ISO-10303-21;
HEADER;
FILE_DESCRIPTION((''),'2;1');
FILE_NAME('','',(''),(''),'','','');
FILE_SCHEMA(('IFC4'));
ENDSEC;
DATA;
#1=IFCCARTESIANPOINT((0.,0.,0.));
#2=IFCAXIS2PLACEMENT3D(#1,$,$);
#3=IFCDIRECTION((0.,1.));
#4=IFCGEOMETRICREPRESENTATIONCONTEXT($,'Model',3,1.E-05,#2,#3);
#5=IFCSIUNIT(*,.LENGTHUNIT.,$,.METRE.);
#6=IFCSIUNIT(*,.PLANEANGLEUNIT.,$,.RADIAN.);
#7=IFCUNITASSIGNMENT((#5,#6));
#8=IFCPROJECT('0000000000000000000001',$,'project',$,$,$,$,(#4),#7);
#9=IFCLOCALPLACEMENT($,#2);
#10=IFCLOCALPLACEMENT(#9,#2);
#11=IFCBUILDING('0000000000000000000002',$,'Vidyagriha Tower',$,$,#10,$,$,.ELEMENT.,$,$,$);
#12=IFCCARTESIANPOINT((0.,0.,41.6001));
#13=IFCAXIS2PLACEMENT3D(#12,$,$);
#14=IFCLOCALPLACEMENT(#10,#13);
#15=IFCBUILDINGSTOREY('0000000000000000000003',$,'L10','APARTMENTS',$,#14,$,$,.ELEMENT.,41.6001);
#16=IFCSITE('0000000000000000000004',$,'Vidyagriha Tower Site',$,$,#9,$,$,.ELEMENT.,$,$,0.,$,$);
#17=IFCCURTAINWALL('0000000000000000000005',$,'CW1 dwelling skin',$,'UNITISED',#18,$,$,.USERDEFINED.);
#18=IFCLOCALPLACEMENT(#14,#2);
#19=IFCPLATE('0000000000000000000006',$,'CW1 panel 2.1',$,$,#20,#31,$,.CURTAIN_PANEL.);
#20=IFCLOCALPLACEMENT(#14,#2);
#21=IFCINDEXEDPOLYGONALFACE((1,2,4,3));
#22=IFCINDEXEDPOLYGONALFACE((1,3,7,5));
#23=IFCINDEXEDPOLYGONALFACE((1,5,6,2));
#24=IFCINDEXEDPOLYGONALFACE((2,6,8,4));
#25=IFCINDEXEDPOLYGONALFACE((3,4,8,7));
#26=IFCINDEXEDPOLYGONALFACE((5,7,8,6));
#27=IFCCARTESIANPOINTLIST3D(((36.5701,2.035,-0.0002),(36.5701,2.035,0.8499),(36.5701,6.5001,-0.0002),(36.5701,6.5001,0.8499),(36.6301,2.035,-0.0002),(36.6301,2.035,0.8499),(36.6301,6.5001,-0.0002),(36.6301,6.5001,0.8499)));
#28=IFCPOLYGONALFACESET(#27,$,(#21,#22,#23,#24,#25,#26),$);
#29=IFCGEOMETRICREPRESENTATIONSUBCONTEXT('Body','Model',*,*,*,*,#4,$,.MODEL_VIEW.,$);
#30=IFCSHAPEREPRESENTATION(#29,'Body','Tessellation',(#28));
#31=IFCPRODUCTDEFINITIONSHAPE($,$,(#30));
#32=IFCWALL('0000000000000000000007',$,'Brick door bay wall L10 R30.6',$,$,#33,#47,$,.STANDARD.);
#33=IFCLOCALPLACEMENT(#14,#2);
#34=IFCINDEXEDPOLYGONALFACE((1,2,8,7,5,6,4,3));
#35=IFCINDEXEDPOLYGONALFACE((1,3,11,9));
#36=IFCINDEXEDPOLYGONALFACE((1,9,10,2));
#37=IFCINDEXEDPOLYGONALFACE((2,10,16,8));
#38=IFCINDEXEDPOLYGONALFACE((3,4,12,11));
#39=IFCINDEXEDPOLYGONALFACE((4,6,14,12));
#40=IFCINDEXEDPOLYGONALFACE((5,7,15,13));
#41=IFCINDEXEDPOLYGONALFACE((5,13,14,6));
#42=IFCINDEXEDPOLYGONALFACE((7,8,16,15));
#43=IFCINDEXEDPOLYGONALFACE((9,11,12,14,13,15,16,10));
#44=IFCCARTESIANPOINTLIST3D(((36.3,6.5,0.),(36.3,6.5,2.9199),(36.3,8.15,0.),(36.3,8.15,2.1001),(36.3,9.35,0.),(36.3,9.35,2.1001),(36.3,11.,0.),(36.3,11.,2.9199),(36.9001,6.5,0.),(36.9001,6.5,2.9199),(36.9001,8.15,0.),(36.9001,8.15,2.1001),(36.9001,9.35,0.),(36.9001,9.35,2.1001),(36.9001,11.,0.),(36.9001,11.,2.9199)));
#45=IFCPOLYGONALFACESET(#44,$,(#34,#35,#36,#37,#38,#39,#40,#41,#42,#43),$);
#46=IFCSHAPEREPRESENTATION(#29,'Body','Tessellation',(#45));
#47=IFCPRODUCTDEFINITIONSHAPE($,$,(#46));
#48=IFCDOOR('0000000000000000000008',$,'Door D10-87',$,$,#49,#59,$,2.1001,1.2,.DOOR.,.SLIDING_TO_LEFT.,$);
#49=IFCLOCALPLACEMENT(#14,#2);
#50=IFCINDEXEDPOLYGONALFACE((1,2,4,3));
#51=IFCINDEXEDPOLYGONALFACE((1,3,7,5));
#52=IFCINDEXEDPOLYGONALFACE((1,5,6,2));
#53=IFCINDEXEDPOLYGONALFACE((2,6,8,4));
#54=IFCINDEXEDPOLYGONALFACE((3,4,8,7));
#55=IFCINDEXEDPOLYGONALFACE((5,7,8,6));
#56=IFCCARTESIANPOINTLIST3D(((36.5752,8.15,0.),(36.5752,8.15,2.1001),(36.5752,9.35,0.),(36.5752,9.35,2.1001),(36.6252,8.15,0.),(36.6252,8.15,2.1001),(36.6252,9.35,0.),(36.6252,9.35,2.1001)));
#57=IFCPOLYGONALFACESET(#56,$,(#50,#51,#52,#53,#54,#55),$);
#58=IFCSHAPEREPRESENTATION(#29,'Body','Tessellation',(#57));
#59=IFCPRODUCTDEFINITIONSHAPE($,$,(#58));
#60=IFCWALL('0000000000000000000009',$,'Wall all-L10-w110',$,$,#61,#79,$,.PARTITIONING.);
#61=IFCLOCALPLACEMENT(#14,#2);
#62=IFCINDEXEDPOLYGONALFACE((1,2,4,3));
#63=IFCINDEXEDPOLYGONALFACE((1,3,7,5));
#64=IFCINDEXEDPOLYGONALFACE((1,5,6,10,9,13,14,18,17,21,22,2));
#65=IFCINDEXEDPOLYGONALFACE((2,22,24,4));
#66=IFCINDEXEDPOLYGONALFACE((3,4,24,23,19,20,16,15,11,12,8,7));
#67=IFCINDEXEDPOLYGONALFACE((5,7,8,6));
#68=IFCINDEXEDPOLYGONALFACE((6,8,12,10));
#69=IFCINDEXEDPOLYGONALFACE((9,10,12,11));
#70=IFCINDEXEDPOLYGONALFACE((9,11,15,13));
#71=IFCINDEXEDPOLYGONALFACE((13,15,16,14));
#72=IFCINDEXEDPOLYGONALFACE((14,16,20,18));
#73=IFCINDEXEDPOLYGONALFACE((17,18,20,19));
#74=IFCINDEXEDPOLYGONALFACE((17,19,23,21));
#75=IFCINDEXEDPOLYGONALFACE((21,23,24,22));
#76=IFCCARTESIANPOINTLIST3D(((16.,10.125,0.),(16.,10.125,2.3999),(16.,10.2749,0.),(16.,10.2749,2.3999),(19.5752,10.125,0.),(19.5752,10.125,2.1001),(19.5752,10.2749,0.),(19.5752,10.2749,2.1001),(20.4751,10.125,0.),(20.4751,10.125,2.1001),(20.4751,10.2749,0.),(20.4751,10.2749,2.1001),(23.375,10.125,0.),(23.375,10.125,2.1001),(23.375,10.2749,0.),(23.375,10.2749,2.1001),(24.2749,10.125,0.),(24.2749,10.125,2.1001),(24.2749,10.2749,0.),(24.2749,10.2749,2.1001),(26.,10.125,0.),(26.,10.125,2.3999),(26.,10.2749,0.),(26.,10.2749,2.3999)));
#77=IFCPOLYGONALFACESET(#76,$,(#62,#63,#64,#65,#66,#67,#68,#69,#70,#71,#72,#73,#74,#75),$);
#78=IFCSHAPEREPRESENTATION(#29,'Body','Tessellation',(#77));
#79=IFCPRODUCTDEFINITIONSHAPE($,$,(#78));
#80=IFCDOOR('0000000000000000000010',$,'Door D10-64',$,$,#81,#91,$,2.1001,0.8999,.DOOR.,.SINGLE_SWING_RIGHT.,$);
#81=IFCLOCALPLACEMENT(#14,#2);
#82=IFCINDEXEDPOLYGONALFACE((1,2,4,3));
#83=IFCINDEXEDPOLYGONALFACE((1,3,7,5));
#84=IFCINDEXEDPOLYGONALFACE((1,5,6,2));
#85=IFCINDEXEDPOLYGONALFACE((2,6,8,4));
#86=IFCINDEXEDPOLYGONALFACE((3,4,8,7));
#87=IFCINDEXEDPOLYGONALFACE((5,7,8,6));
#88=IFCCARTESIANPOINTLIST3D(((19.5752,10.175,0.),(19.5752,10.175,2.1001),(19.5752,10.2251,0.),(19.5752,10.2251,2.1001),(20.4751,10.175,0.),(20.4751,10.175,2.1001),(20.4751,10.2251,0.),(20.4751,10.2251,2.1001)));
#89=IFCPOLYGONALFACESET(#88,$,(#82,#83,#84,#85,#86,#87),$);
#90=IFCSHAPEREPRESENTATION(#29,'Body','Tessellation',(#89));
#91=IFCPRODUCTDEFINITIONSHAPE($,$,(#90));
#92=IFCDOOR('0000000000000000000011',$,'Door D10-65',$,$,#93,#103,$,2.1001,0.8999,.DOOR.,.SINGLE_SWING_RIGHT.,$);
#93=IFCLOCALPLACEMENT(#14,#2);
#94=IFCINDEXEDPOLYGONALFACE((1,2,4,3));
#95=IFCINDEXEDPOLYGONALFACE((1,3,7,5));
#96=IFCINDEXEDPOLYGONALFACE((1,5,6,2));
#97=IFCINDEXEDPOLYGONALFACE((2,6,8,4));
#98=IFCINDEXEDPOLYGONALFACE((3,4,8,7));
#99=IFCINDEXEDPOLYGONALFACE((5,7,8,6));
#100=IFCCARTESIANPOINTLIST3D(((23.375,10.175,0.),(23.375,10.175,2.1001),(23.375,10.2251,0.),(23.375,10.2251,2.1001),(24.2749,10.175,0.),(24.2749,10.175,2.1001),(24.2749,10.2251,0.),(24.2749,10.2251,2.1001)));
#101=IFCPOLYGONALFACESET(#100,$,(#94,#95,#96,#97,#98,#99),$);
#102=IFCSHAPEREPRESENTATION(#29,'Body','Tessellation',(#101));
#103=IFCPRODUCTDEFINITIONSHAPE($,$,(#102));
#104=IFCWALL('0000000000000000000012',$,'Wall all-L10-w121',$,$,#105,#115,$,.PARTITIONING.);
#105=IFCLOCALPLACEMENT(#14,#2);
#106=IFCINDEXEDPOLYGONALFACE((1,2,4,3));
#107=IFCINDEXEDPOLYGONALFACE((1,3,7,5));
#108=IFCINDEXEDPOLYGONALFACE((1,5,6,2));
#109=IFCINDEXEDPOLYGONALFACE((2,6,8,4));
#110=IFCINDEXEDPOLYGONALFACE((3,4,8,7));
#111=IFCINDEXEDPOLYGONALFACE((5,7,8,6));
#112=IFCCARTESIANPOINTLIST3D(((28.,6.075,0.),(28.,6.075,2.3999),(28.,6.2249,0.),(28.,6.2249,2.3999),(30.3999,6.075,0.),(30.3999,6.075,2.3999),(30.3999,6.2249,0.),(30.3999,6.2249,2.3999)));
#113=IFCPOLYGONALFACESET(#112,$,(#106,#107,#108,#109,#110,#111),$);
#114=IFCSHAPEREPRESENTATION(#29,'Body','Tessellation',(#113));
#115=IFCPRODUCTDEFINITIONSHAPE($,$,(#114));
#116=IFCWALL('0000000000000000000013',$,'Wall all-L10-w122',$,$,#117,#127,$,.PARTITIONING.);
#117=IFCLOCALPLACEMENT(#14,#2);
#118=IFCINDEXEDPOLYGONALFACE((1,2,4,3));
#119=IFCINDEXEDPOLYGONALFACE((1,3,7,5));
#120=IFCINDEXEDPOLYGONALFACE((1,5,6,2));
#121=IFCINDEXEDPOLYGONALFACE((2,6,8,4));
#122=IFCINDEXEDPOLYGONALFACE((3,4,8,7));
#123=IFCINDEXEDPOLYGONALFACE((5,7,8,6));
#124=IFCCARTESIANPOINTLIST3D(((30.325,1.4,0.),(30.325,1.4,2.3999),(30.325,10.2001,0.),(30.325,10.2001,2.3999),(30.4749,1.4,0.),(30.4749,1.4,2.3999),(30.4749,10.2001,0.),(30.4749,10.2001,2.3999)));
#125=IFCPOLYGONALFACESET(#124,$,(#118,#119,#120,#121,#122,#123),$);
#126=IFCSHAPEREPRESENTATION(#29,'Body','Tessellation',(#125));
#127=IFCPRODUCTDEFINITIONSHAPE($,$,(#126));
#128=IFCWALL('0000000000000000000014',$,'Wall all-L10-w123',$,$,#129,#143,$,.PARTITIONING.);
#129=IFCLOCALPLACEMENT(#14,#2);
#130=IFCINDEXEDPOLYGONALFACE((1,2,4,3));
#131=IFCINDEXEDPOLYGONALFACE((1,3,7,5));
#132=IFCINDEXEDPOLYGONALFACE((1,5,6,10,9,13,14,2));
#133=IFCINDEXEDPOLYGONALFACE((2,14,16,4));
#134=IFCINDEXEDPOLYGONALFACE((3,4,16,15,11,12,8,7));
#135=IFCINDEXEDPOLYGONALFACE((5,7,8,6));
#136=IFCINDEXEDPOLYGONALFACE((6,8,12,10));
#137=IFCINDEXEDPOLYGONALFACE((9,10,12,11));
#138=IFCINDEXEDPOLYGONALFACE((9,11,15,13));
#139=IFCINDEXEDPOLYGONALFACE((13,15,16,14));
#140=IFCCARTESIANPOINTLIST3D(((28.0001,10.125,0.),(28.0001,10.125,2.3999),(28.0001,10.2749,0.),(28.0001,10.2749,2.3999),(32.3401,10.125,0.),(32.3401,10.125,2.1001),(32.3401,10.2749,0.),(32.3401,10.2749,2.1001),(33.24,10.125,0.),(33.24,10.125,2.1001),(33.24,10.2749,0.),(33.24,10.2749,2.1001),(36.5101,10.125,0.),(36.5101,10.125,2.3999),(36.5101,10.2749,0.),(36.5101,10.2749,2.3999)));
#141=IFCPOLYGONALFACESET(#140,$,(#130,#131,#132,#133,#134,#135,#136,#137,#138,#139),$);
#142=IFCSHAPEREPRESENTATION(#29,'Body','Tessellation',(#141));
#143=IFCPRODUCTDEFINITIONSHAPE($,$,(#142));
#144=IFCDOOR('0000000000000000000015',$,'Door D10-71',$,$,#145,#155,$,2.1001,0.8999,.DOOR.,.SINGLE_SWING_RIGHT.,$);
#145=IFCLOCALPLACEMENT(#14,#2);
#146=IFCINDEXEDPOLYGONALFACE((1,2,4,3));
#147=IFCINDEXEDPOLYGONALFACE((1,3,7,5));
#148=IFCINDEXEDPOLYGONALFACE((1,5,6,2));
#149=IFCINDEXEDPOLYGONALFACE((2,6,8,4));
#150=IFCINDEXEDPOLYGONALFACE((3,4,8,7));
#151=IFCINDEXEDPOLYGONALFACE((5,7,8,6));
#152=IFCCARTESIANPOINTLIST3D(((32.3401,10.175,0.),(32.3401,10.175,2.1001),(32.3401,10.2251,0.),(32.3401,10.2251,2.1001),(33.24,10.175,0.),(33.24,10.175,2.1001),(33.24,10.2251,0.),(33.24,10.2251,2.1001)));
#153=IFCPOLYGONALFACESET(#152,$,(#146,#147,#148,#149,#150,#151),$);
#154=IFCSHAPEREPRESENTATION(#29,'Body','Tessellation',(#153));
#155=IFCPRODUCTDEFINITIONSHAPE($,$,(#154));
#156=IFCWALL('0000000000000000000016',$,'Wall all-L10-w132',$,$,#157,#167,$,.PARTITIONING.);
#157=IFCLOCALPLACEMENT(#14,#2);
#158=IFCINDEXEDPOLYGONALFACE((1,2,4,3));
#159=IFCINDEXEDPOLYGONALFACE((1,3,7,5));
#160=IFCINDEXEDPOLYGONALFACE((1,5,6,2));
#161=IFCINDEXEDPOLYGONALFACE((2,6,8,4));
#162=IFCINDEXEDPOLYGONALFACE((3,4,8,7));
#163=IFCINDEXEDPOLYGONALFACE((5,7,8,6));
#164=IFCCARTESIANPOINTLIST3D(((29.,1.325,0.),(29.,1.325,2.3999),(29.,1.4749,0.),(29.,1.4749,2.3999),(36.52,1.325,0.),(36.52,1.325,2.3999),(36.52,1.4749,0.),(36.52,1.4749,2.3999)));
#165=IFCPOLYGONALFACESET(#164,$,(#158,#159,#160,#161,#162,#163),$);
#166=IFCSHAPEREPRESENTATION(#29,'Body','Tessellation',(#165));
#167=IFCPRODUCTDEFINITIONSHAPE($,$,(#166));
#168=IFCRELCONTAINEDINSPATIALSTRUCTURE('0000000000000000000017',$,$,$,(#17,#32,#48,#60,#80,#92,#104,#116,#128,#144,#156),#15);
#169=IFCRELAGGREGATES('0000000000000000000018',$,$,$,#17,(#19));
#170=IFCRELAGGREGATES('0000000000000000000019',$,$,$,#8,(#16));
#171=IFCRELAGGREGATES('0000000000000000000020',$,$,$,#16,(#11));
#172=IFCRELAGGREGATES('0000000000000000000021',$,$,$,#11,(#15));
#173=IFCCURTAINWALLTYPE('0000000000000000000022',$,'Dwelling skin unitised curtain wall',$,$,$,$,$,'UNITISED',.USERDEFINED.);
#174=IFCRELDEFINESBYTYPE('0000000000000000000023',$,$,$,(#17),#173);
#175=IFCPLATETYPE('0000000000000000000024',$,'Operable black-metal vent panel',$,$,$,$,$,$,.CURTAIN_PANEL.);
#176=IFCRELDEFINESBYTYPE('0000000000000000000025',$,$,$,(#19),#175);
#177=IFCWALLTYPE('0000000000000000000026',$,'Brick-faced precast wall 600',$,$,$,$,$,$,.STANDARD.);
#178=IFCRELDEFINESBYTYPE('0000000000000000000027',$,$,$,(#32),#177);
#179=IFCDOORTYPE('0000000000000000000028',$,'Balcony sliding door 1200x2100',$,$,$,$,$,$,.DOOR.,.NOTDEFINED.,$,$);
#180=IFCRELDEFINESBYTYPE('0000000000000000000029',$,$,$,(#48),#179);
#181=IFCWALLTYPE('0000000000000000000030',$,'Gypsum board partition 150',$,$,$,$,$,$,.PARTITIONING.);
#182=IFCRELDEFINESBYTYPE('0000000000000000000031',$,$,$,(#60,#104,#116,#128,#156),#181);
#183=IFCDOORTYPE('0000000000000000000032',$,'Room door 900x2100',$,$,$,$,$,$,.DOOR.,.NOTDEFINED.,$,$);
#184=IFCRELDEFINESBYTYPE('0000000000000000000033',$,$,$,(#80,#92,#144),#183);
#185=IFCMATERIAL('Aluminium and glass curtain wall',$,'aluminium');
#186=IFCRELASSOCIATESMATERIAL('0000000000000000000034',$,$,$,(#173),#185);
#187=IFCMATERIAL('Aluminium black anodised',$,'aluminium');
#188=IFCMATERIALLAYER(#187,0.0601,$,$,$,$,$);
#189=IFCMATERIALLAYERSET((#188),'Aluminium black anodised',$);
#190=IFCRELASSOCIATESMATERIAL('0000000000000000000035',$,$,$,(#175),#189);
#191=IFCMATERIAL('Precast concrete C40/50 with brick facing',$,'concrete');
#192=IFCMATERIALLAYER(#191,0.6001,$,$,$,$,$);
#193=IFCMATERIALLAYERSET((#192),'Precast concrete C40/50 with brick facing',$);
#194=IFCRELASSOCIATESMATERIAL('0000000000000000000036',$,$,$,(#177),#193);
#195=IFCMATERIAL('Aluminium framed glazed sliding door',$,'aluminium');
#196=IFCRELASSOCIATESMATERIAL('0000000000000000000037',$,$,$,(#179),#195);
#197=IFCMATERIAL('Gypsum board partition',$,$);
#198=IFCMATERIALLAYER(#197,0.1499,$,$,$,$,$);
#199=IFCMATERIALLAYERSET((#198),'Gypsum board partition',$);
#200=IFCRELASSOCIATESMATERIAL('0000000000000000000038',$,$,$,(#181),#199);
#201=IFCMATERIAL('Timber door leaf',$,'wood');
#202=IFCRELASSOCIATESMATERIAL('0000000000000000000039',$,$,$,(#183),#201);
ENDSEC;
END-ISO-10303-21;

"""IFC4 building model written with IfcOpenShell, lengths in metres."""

from ifc_helpers import new_model, si_unit, direction, frame, frame_2d, origin, origin_2d, place, context, subcontext, project, spatial, rectangle, extrude, material, layer, layer_set, type_object, element, fill, aggregate, save


model = new_model("IFC4")

# Units and contexts
model_context = context("Model", 3, precision=1e-05, world=origin(), true_north=direction((0.0, 1.0)))
body_context = subcontext(model_context, "Body", "Model", "MODEL_VIEW")
ifc_project = project(units=[si_unit("LENGTHUNIT", "METRE"), si_unit("PLANEANGLEUNIT", "RADIAN")], contexts=[model_context])

# Site, building, storey
site_placement = place(None, origin())
site = spatial("IfcSite", under=ifc_project, at=site_placement, Name="Vidyagriha Tower Site", CompositionType="ELEMENT", RefElevation=0.0)
building_placement = place(site_placement, origin())
building = spatial("IfcBuilding", under=site, at=building_placement, Name="Vidyagriha Tower", CompositionType="ELEMENT")
storey_placement = place(building_placement, frame((0.0, 0.0, 41.6001)))
storey = spatial("IfcBuildingStorey", under=building, at=storey_placement, Name="L10", Description="APARTMENTS", CompositionType="ELEMENT", Elevation=41.6001)

# Curtain wall
ifc_material_1 = material(Name="Aluminium and glass curtain wall", Category="aluminium")
curtain_wall_type = type_object("IfcCurtainWallType", Name="Dwelling skin unitised curtain wall", ElementType="UNITISED", PredefinedType="USERDEFINED", material=ifc_material_1)
curtain_wall_1_placement = place(storey_placement, origin())
curtain_wall_1 = element("IfcCurtainWall", 1, at=curtain_wall_1_placement, inside=storey, type_object=curtain_wall_type, Name="CW1 dwelling skin", ObjectType="UNITISED", PredefinedType="USERDEFINED")

# Plate
ifc_material_2 = material(Name="Aluminium black anodised", Category="aluminium")
ifc_layer_1 = layer(ifc_material_2, 0.0601)
ifc_layer_set_1 = layer_set([ifc_layer_1], Name="Aluminium black anodised")
plate_type_1 = type_object("IfcPlateType", Name="Operable black-metal vent panel", PredefinedType="CURTAIN_PANEL", material=ifc_layer_set_1)
plate_1_placement = place(storey_placement, frame((36.6001, 4.2676, -0.0002), z_axis=(0.0, 0.0, 1.0), x_axis=(0.0, 1.0, 0.0)))
plate_1 = element("IfcPlate", 2, at=plate_1_placement, type_object=plate_type_1, Name="CW1 panel 2.1", PredefinedType="CURTAIN_PANEL", context=body_context, shape_type="SweptSolid", body=[
    extrude(rectangle(XDim=4.4651, YDim=0.0601, at=origin_2d()), origin(), (0.0, 0.0, 1.0), 0.8501),
])
aggregate(curtain_wall_1, [plate_1])

# Wall, opening, door
ifc_material_3 = material(Name="Precast concrete C40/50 with brick facing", Category="concrete")
ifc_layer_2 = layer(ifc_material_3, 0.6001)
ifc_layer_set_2 = layer_set([ifc_layer_2], Name="Precast concrete C40/50 with brick facing")
wall_type_1 = type_object("IfcWallType", Name="Brick-faced precast wall 600", PredefinedType="STANDARD", material=ifc_layer_set_2)
wall_1_placement = place(storey_placement, frame((36.6001, 6.5, 0.0), z_axis=(0.0, 0.0, 1.0), x_axis=(0.0, 1.0, 0.0)))
wall_1 = element("IfcWall", 3, at=wall_1_placement, inside=storey, type_object=wall_type_1, Name="Brick door bay wall L10 R30.6", PredefinedType="STANDARD", context=body_context, shape_type="SweptSolid", body=[
    extrude(rectangle(XDim=4.5, YDim=0.6001, at=frame_2d((2.25, 0.0))), origin(), (0.0, 0.0, 1.0), 2.9199),
])
opening_1_placement = place(wall_1_placement, frame((1.6499, 0.0, 0.0)))
opening_1 = element("IfcOpeningElement", 4, at=opening_1_placement, cuts=wall_1, PredefinedType="OPENING", context=body_context, shape_type="SweptSolid", body=[
    extrude(rectangle(XDim=1.2, YDim=2.1001, at=frame_2d((0.6001, 1.05))), frame((0.0, 0.3101, 0.0), z_axis=(0.0, -1.0, 0.0), x_axis=(1.0, 0.0, 0.0)), (0.0, 0.0, 1.0), 0.6201),
])
ifc_material_4 = material(Name="Aluminium framed glazed sliding door", Category="aluminium")
door_type_1 = type_object("IfcDoorType", Name="Balcony sliding door 1200x2100", OperationType="NOTDEFINED", PredefinedType="DOOR", material=ifc_material_4)
door_1_placement = place(opening_1_placement, origin())
door_1 = element("IfcDoor", 5, at=door_1_placement, inside=storey, type_object=door_type_1, Name="Door D10-87", OperationType="SLIDING_TO_LEFT", OverallHeight=2.1001, OverallWidth=1.2, PredefinedType="DOOR", context=body_context, shape_type="SweptSolid", body=[
    extrude(rectangle(XDim=1.2, YDim=2.1001, at=frame_2d((0.6001, 1.05))), frame((0.0, 0.0249, 0.0), z_axis=(0.0, -1.0, 0.0), x_axis=(1.0, 0.0, 0.0)), (0.0, 0.0, 1.0), 0.05),
])
fill(opening_1, door_1)

# Wall, openings, doors
ifc_material_5 = material(Name="Gypsum board partition")
ifc_layer_3 = layer(ifc_material_5, 0.1499)
ifc_layer_set_3 = layer_set([ifc_layer_3], Name="Gypsum board partition")
wall_type_2 = type_object("IfcWallType", Name="Gypsum board partition 150", PredefinedType="PARTITIONING", material=ifc_layer_set_3)
wall_2_placement = place(storey_placement, frame((26.0, 10.2, 0.0), z_axis=(0.0, 0.0, 1.0), x_axis=(-1.0, 0.0, 0.0)))
wall_2 = element("IfcWall", 6, at=wall_2_placement, inside=storey, type_object=wall_type_2, Name="Wall all-L10-w110", PredefinedType="PARTITIONING", context=body_context, shape_type="SweptSolid", body=[
    extrude(rectangle(XDim=10.0, YDim=0.1499, at=frame_2d((5.0, 0.0))), origin(), (0.0, 0.0, 1.0), 2.3999),
])
opening_2_placement = place(wall_2_placement, frame((5.5249, 0.0, 0.0)))
opening_2 = element("IfcOpeningElement", 7, at=opening_2_placement, cuts=wall_2, PredefinedType="OPENING", context=body_context, shape_type="SweptSolid", body=[
    extrude(rectangle(XDim=0.8999, YDim=2.1001, at=frame_2d((0.45, 1.05))), frame((0.0, 0.085, 0.0), z_axis=(0.0, -1.0, 0.0), x_axis=(1.0, 0.0, 0.0)), (0.0, 0.0, 1.0), 0.1699),
])
opening_3_placement = place(wall_2_placement, frame((1.7251, 0.0, 0.0)))
opening_3 = element("IfcOpeningElement", 8, at=opening_3_placement, cuts=wall_2, PredefinedType="OPENING", context=body_context, shape_type="SweptSolid", body=[
    extrude(rectangle(XDim=0.8999, YDim=2.1001, at=frame_2d((0.45, 1.05))), frame((0.0, 0.085, 0.0), z_axis=(0.0, -1.0, 0.0), x_axis=(1.0, 0.0, 0.0)), (0.0, 0.0, 1.0), 0.1699),
])
ifc_material_6 = material(Name="Timber door leaf", Category="wood")
door_type_2 = type_object("IfcDoorType", Name="Room door 900x2100", OperationType="NOTDEFINED", PredefinedType="DOOR", material=ifc_material_6)
door_2_placement = place(opening_2_placement, origin())
door_2 = element("IfcDoor", 9, at=door_2_placement, inside=storey, type_object=door_type_2, Name="Door D10-64", OperationType="SINGLE_SWING_RIGHT", OverallHeight=2.1001, OverallWidth=0.8999, PredefinedType="DOOR", context=body_context, shape_type="SweptSolid", body=[
    extrude(rectangle(XDim=0.8999, YDim=2.1001, at=frame_2d((0.45, 1.05))), frame((0.0, 0.0249, 0.0), z_axis=(0.0, -1.0, 0.0), x_axis=(1.0, 0.0, 0.0)), (0.0, 0.0, 1.0), 0.05),
])
fill(opening_2, door_2)
door_3_placement = place(opening_3_placement, origin())
door_3 = element("IfcDoor", 10, at=door_3_placement, inside=storey, type_object=door_type_2, Name="Door D10-65", OperationType="SINGLE_SWING_RIGHT", OverallHeight=2.1001, OverallWidth=0.8999, PredefinedType="DOOR", context=body_context, shape_type="SweptSolid", body=[
    extrude(rectangle(XDim=0.8999, YDim=2.1001, at=frame_2d((0.45, 1.05))), frame((0.0, 0.0249, 0.0), z_axis=(0.0, -1.0, 0.0), x_axis=(1.0, 0.0, 0.0)), (0.0, 0.0, 1.0), 0.05),
])
fill(opening_3, door_3)

# Walls
wall_3_placement = place(storey_placement, frame((28.0, 6.1499, 0.0)))
element("IfcWall", 11, at=wall_3_placement, inside=storey, type_object=wall_type_2, Name="Wall all-L10-w121", PredefinedType="PARTITIONING", context=body_context, shape_type="SweptSolid", body=[
    extrude(rectangle(XDim=2.3999, YDim=0.1499, at=frame_2d((1.2, 0.0))), origin(), (0.0, 0.0, 1.0), 2.3999),
])
wall_4_placement = place(storey_placement, frame((30.3999, 10.2, 0.0), z_axis=(0.0, 0.0, 1.0), x_axis=(0.0, -1.0, 0.0)))
element("IfcWall", 12, at=wall_4_placement, inside=storey, type_object=wall_type_2, Name="Wall all-L10-w122", PredefinedType="PARTITIONING", context=body_context, shape_type="SweptSolid", body=[
    extrude(rectangle(XDim=8.8, YDim=0.1499, at=frame_2d((4.3999, 0.0))), origin(), (0.0, 0.0, 1.0), 2.3999),
])

# Wall, opening, door
wall_5_placement = place(storey_placement, frame((36.51, 10.2, 0.0), z_axis=(0.0, 0.0, 1.0), x_axis=(-1.0, 0.0, 0.0)))
wall_5 = element("IfcWall", 13, at=wall_5_placement, inside=storey, type_object=wall_type_2, Name="Wall all-L10-w123", PredefinedType="PARTITIONING", context=body_context, shape_type="SweptSolid", body=[
    extrude(rectangle(XDim=8.51, YDim=0.1499, at=frame_2d((4.2549, 0.0))), origin(), (0.0, 0.0, 1.0), 2.3999),
])
opening_4_placement = place(wall_5_placement, frame((3.27, 0.0, 0.0)))
opening_4 = element("IfcOpeningElement", 14, at=opening_4_placement, cuts=wall_5, PredefinedType="OPENING", context=body_context, shape_type="SweptSolid", body=[
    extrude(rectangle(XDim=0.8999, YDim=2.1001, at=frame_2d((0.45, 1.05))), frame((0.0, 0.085, 0.0), z_axis=(0.0, -1.0, 0.0), x_axis=(1.0, 0.0, 0.0)), (0.0, 0.0, 1.0), 0.1699),
])
door_4_placement = place(opening_4_placement, origin())
door_4 = element("IfcDoor", 15, at=door_4_placement, inside=storey, type_object=door_type_2, Name="Door D10-71", OperationType="SINGLE_SWING_RIGHT", OverallHeight=2.1001, OverallWidth=0.8999, PredefinedType="DOOR", context=body_context, shape_type="SweptSolid", body=[
    extrude(rectangle(XDim=0.8999, YDim=2.1001, at=frame_2d((0.45, 1.05))), frame((0.0, 0.0249, 0.0), z_axis=(0.0, -1.0, 0.0), x_axis=(1.0, 0.0, 0.0)), (0.0, 0.0, 1.0), 0.05),
])
fill(opening_4, door_4)

# Wall
wall_6_placement = place(storey_placement, frame((29.0, 1.3999, 0.0)))
element("IfcWall", 16, at=wall_6_placement, inside=storey, type_object=wall_type_2, Name="Wall all-L10-w132", PredefinedType="PARTITIONING", context=body_context, shape_type="SweptSolid", body=[
    extrude(rectangle(XDim=7.52, YDim=0.1499, at=frame_2d((3.76, 0.0))), origin(), (0.0, 0.0, 1.0), 2.3999),
])

save(model, "model.ifc")
